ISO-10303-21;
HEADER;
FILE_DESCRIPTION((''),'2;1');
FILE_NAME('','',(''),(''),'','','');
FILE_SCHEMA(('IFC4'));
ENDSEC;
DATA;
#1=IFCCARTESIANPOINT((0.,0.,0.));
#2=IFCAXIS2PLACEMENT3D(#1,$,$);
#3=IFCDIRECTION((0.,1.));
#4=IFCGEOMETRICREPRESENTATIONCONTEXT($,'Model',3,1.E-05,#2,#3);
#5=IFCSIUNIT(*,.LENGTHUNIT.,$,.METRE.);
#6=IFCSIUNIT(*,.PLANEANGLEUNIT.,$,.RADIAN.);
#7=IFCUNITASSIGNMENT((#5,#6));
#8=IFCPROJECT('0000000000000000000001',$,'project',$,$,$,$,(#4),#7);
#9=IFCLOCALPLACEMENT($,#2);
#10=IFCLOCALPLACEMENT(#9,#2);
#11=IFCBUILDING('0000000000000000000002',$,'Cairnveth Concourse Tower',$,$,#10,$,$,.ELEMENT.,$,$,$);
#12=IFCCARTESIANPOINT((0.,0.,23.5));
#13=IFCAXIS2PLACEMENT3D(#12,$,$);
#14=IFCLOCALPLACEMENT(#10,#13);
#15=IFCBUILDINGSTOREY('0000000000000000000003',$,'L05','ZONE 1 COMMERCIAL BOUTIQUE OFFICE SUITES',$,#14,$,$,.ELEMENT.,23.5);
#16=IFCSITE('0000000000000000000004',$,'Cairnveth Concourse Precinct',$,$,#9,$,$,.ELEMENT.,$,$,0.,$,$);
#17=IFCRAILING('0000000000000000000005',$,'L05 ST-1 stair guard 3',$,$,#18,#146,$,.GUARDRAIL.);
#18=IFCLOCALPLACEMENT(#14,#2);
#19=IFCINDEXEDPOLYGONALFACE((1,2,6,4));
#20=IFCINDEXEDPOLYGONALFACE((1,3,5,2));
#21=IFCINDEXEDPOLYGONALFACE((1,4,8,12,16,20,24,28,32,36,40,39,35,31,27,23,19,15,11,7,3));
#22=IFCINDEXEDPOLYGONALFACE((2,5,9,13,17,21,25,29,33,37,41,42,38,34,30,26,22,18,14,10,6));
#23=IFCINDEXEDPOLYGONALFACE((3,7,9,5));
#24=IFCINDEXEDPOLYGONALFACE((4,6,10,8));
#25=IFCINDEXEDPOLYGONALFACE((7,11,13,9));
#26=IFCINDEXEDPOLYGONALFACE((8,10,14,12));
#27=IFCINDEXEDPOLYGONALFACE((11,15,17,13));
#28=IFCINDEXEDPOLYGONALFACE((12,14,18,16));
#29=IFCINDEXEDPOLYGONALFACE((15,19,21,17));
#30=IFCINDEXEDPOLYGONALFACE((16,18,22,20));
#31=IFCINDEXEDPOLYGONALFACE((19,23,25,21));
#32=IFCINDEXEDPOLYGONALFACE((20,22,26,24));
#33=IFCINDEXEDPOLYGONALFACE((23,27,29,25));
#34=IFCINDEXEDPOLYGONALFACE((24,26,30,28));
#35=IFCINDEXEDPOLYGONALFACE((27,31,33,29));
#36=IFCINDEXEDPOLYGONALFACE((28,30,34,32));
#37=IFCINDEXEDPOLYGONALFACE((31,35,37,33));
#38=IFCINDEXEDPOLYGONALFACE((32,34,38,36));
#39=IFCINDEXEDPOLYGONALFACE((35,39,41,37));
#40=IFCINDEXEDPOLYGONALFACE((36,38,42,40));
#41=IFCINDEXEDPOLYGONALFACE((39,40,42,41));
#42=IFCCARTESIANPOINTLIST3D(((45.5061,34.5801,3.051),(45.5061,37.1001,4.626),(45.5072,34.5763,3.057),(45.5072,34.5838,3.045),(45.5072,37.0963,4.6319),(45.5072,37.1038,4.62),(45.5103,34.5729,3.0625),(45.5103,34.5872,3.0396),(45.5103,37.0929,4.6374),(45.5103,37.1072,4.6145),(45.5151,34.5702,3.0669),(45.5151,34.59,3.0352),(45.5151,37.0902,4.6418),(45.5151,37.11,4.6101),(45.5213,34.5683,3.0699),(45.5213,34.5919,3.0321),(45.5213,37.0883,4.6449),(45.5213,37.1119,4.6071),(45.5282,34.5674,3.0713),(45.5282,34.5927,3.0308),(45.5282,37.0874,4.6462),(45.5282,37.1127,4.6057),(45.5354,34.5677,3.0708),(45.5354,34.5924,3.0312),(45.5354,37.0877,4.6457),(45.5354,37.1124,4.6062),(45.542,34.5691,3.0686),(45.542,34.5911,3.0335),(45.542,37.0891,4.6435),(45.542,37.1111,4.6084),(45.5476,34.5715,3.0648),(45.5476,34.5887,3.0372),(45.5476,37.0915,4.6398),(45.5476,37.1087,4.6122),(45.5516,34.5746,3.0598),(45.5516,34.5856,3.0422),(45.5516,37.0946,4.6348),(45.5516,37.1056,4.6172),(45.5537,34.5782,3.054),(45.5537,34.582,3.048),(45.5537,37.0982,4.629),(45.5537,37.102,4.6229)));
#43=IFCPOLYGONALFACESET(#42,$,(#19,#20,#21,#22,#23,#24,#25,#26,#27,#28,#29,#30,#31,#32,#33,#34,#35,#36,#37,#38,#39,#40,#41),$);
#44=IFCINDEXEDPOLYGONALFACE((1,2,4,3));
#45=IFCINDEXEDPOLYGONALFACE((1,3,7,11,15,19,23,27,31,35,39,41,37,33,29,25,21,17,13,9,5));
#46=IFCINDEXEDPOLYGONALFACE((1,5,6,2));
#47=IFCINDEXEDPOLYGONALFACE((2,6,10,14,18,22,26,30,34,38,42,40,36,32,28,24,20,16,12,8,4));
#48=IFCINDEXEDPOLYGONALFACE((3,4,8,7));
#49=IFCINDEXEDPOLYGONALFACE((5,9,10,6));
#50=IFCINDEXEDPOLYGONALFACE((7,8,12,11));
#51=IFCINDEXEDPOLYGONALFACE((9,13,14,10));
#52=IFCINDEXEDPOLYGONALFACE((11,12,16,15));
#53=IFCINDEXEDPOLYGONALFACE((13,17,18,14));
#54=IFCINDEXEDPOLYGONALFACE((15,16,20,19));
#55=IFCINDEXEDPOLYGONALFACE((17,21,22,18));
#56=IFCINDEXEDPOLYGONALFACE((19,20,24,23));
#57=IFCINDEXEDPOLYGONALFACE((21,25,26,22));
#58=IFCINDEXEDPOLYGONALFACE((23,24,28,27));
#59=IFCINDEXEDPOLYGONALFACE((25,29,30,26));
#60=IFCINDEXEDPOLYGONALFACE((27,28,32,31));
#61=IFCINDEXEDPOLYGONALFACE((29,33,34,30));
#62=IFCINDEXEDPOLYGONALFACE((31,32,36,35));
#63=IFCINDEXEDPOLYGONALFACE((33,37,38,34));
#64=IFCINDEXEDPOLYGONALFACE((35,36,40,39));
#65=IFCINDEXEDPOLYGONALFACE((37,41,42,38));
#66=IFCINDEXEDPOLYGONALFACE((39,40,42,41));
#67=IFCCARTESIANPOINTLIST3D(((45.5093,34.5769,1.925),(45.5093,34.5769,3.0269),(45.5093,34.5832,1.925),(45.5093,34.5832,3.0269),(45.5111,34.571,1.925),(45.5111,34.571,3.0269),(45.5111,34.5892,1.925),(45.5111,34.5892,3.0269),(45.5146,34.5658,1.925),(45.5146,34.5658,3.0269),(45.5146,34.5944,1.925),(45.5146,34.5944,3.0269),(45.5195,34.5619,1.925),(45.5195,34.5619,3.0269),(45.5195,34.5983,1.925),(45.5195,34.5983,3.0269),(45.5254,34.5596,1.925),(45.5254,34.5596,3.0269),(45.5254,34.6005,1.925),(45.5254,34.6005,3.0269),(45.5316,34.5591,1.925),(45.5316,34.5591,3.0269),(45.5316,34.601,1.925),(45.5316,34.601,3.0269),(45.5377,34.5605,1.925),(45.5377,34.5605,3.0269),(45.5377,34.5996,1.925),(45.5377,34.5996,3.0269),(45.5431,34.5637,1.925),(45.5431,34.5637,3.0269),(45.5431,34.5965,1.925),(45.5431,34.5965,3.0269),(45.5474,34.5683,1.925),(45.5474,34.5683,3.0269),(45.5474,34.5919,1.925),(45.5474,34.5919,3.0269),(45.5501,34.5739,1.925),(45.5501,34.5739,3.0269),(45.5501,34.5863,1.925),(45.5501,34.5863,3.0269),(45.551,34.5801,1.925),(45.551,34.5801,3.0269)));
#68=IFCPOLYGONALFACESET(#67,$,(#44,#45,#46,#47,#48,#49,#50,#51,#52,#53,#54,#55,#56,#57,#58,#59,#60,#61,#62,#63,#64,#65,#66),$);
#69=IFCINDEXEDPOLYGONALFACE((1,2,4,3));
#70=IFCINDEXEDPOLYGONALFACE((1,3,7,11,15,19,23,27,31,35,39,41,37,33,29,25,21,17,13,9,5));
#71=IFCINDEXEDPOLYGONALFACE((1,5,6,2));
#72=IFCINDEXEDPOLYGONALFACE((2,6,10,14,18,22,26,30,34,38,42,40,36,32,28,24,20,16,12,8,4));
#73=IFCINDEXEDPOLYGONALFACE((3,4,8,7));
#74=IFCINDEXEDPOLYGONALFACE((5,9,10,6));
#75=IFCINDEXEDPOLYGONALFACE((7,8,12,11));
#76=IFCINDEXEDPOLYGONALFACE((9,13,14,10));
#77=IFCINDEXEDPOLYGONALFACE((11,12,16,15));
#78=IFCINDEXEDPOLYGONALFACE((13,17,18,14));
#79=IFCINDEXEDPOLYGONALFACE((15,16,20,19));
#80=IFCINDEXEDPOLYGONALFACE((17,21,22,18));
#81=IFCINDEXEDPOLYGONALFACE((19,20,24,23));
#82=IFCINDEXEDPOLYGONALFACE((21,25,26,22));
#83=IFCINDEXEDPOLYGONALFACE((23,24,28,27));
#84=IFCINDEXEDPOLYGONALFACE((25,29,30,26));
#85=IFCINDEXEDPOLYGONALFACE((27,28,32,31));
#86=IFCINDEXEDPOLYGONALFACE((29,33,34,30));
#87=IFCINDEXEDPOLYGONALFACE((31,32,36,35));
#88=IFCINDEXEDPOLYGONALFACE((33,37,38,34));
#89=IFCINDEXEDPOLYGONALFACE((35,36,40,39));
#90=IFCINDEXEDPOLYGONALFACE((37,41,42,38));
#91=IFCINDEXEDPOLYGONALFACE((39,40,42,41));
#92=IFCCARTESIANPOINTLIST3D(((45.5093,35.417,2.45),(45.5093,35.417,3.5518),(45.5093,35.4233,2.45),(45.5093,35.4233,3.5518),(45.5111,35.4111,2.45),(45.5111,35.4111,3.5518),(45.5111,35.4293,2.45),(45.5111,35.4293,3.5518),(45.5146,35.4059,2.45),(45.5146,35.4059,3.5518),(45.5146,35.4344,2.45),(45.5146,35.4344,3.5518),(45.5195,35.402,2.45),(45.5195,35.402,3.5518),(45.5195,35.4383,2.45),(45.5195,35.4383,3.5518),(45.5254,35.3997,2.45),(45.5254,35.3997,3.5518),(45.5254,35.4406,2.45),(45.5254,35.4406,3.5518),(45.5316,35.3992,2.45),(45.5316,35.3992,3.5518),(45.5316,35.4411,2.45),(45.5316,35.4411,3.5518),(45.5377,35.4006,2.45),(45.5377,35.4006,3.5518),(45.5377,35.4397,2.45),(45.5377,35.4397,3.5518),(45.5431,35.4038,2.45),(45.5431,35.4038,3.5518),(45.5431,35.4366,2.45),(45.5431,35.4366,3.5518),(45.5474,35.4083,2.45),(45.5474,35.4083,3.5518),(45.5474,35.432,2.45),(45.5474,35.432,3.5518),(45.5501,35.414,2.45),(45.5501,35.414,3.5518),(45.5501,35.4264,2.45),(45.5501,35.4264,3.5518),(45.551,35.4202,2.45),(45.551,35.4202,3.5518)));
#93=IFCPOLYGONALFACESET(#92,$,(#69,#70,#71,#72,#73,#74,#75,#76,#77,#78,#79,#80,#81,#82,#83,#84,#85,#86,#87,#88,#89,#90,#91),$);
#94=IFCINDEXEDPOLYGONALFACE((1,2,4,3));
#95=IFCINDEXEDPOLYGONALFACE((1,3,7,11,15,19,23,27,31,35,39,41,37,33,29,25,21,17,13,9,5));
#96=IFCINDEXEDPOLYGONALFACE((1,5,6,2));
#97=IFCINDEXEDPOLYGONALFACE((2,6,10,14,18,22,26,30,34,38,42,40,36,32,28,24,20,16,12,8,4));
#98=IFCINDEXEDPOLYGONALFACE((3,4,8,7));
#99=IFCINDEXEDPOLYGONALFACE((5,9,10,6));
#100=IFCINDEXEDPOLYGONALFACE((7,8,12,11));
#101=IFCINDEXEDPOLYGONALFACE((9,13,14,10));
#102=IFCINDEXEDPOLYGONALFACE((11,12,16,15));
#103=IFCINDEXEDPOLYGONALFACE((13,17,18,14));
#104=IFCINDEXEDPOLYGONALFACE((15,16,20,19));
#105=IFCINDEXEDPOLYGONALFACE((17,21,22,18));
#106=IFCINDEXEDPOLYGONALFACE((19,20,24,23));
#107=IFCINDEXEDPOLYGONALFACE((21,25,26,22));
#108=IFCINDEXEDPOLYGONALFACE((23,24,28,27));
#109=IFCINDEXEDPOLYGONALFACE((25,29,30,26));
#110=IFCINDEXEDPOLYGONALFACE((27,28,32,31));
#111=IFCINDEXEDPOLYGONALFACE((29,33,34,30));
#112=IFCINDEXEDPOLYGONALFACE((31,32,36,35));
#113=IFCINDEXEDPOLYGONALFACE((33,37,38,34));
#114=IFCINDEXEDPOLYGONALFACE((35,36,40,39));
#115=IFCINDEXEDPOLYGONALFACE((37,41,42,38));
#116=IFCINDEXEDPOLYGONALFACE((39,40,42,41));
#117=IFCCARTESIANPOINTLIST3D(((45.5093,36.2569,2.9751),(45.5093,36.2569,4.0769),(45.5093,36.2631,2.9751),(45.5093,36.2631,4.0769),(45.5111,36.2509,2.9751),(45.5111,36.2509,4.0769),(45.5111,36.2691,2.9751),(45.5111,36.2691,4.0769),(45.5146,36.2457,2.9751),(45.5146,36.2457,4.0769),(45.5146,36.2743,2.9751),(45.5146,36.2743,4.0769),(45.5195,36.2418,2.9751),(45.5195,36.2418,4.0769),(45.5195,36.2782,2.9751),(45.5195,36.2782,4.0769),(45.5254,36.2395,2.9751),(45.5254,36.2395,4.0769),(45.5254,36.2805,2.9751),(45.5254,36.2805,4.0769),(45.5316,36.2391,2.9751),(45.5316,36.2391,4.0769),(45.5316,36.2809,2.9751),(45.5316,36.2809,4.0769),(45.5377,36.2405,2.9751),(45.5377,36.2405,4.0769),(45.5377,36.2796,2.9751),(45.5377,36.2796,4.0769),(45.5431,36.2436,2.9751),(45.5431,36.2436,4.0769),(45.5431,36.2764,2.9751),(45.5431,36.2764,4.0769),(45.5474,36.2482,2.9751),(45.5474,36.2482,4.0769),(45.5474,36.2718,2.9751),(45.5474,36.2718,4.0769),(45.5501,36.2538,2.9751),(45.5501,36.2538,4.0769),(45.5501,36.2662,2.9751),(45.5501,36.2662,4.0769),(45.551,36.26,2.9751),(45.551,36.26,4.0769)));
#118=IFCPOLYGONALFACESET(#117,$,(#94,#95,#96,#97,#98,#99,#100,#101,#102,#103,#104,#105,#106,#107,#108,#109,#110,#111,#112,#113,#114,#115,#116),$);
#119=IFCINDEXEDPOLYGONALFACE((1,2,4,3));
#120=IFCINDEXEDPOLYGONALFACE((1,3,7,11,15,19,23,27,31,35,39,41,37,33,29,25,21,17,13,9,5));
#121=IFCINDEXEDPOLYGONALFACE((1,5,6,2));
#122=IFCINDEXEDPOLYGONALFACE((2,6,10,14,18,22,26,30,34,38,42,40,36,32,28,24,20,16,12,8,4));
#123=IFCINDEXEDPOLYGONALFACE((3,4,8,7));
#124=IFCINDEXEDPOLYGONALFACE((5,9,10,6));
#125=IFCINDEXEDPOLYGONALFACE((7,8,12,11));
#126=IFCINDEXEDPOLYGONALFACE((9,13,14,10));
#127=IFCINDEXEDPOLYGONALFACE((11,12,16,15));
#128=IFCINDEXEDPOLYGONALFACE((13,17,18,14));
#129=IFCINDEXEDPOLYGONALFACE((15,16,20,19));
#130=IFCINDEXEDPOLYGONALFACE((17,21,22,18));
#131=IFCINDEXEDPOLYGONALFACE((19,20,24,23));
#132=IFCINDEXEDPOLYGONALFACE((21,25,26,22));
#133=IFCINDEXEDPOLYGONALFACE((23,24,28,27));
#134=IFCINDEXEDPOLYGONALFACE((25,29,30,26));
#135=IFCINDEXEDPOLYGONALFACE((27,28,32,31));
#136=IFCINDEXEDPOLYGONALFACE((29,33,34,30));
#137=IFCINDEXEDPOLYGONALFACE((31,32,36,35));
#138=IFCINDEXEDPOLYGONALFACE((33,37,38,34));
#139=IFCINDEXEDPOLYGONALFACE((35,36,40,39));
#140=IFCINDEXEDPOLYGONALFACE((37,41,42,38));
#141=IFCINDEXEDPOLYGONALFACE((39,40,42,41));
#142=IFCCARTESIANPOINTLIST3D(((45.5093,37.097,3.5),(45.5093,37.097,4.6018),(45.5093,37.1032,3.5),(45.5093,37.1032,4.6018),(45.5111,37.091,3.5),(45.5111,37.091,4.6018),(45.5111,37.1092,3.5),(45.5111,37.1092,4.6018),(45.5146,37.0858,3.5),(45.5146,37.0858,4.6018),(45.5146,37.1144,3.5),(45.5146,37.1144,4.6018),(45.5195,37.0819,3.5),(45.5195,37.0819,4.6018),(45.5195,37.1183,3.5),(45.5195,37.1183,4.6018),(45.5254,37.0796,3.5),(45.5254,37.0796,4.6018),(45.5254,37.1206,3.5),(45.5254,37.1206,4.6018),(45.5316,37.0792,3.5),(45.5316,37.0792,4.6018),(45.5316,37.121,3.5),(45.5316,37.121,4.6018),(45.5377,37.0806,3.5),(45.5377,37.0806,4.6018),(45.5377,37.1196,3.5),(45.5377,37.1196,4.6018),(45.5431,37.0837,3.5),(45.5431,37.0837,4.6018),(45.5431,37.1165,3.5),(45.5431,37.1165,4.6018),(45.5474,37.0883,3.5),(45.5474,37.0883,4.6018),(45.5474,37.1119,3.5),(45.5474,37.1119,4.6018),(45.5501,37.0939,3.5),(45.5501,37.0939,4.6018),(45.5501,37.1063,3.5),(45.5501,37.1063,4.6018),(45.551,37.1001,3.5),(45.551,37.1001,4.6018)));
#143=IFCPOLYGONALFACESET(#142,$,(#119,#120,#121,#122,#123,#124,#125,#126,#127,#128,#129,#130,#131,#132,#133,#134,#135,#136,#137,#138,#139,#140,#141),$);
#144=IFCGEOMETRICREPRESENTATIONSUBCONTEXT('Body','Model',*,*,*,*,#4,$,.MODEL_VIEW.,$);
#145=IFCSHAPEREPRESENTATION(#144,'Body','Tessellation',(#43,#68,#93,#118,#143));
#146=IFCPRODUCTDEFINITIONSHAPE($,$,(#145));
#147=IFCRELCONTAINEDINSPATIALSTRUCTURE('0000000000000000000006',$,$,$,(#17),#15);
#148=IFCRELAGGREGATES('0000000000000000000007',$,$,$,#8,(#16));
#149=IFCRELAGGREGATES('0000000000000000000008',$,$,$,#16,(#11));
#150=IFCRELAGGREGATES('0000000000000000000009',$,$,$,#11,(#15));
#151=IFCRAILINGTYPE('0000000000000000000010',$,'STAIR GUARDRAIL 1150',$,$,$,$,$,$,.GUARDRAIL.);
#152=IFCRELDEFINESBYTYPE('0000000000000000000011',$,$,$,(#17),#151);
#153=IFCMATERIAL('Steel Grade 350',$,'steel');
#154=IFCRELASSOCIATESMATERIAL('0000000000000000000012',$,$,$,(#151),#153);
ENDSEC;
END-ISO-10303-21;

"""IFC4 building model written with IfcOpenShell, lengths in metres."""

from ifc_helpers import new_model, si_unit, direction, frame, origin, origin_2d, place, context, subcontext, project, spatial, circle, extrude, material, type_object, element, save


model = new_model("IFC4")

# Units and contexts
model_context = context("Model", 3, precision=1e-05, world=origin(), true_north=direction((0.0, 1.0)))
body_context = subcontext(model_context, "Body", "Model", "MODEL_VIEW")
ifc_project = project(units=[si_unit("LENGTHUNIT", "METRE"), si_unit("PLANEANGLEUNIT", "RADIAN")], contexts=[model_context])

# Site, building, storey
site_placement = place(None, origin())
site = spatial("IfcSite", under=ifc_project, at=site_placement, Name="Cairnveth Concourse Precinct", CompositionType="ELEMENT", RefElevation=0.0)
building_placement = place(site_placement, origin())
building = spatial("IfcBuilding", under=site, at=building_placement, Name="Cairnveth Concourse Tower", CompositionType="ELEMENT")
storey_placement = place(building_placement, frame((0.0, 0.0, 23.5)))
storey = spatial("IfcBuildingStorey", under=building, at=storey_placement, Name="L05", Description="ZONE 1 COMMERCIAL BOUTIQUE OFFICE SUITES", CompositionType="ELEMENT", Elevation=23.5)

# Shared definitions
ifc_material_1 = material(Name="Steel Grade 350", Category="steel")

# Railing
railing_type_1 = type_object("IfcRailingType", Name="STAIR GUARDRAIL 1150", PredefinedType="GUARDRAIL", material=ifc_material_1)
railing_1_placement = place(storey_placement, frame((45.53, 34.5801, 1.925)))
element("IfcRailing", 1, at=railing_1_placement, inside=storey, type_object=railing_type_1, Name="L05 ST-1 stair guard 3", PredefinedType="GUARDRAIL", context=body_context, shape_type="SweptSolid", body=[
    extrude(circle(Radius=0.0239, at=origin_2d()), frame((0.0, 0.0, 1.126), z_axis=(0.0, 0.848008, 0.529984), x_axis=(-1.0, 0.0, 0.0)), (0.0, 0.0, 1.0), 2.9717),
    extrude(circle(Radius=0.021, at=origin_2d()), origin(), (0.0, 0.0, 1.0), 1.1018),
    extrude(circle(Radius=0.021, at=origin_2d()), frame((0.0, 0.8401, 0.5249)), (0.0, 0.0, 1.0), 1.1018),
    extrude(circle(Radius=0.021, at=origin_2d()), frame((0.0, 1.6799, 1.05)), (0.0, 0.0, 1.0), 1.1018),
    extrude(circle(Radius=0.021, at=origin_2d()), frame((0.0, 2.52, 1.575)), (0.0, 0.0, 1.0), 1.1018),
])

save(model, "model.ifc")
